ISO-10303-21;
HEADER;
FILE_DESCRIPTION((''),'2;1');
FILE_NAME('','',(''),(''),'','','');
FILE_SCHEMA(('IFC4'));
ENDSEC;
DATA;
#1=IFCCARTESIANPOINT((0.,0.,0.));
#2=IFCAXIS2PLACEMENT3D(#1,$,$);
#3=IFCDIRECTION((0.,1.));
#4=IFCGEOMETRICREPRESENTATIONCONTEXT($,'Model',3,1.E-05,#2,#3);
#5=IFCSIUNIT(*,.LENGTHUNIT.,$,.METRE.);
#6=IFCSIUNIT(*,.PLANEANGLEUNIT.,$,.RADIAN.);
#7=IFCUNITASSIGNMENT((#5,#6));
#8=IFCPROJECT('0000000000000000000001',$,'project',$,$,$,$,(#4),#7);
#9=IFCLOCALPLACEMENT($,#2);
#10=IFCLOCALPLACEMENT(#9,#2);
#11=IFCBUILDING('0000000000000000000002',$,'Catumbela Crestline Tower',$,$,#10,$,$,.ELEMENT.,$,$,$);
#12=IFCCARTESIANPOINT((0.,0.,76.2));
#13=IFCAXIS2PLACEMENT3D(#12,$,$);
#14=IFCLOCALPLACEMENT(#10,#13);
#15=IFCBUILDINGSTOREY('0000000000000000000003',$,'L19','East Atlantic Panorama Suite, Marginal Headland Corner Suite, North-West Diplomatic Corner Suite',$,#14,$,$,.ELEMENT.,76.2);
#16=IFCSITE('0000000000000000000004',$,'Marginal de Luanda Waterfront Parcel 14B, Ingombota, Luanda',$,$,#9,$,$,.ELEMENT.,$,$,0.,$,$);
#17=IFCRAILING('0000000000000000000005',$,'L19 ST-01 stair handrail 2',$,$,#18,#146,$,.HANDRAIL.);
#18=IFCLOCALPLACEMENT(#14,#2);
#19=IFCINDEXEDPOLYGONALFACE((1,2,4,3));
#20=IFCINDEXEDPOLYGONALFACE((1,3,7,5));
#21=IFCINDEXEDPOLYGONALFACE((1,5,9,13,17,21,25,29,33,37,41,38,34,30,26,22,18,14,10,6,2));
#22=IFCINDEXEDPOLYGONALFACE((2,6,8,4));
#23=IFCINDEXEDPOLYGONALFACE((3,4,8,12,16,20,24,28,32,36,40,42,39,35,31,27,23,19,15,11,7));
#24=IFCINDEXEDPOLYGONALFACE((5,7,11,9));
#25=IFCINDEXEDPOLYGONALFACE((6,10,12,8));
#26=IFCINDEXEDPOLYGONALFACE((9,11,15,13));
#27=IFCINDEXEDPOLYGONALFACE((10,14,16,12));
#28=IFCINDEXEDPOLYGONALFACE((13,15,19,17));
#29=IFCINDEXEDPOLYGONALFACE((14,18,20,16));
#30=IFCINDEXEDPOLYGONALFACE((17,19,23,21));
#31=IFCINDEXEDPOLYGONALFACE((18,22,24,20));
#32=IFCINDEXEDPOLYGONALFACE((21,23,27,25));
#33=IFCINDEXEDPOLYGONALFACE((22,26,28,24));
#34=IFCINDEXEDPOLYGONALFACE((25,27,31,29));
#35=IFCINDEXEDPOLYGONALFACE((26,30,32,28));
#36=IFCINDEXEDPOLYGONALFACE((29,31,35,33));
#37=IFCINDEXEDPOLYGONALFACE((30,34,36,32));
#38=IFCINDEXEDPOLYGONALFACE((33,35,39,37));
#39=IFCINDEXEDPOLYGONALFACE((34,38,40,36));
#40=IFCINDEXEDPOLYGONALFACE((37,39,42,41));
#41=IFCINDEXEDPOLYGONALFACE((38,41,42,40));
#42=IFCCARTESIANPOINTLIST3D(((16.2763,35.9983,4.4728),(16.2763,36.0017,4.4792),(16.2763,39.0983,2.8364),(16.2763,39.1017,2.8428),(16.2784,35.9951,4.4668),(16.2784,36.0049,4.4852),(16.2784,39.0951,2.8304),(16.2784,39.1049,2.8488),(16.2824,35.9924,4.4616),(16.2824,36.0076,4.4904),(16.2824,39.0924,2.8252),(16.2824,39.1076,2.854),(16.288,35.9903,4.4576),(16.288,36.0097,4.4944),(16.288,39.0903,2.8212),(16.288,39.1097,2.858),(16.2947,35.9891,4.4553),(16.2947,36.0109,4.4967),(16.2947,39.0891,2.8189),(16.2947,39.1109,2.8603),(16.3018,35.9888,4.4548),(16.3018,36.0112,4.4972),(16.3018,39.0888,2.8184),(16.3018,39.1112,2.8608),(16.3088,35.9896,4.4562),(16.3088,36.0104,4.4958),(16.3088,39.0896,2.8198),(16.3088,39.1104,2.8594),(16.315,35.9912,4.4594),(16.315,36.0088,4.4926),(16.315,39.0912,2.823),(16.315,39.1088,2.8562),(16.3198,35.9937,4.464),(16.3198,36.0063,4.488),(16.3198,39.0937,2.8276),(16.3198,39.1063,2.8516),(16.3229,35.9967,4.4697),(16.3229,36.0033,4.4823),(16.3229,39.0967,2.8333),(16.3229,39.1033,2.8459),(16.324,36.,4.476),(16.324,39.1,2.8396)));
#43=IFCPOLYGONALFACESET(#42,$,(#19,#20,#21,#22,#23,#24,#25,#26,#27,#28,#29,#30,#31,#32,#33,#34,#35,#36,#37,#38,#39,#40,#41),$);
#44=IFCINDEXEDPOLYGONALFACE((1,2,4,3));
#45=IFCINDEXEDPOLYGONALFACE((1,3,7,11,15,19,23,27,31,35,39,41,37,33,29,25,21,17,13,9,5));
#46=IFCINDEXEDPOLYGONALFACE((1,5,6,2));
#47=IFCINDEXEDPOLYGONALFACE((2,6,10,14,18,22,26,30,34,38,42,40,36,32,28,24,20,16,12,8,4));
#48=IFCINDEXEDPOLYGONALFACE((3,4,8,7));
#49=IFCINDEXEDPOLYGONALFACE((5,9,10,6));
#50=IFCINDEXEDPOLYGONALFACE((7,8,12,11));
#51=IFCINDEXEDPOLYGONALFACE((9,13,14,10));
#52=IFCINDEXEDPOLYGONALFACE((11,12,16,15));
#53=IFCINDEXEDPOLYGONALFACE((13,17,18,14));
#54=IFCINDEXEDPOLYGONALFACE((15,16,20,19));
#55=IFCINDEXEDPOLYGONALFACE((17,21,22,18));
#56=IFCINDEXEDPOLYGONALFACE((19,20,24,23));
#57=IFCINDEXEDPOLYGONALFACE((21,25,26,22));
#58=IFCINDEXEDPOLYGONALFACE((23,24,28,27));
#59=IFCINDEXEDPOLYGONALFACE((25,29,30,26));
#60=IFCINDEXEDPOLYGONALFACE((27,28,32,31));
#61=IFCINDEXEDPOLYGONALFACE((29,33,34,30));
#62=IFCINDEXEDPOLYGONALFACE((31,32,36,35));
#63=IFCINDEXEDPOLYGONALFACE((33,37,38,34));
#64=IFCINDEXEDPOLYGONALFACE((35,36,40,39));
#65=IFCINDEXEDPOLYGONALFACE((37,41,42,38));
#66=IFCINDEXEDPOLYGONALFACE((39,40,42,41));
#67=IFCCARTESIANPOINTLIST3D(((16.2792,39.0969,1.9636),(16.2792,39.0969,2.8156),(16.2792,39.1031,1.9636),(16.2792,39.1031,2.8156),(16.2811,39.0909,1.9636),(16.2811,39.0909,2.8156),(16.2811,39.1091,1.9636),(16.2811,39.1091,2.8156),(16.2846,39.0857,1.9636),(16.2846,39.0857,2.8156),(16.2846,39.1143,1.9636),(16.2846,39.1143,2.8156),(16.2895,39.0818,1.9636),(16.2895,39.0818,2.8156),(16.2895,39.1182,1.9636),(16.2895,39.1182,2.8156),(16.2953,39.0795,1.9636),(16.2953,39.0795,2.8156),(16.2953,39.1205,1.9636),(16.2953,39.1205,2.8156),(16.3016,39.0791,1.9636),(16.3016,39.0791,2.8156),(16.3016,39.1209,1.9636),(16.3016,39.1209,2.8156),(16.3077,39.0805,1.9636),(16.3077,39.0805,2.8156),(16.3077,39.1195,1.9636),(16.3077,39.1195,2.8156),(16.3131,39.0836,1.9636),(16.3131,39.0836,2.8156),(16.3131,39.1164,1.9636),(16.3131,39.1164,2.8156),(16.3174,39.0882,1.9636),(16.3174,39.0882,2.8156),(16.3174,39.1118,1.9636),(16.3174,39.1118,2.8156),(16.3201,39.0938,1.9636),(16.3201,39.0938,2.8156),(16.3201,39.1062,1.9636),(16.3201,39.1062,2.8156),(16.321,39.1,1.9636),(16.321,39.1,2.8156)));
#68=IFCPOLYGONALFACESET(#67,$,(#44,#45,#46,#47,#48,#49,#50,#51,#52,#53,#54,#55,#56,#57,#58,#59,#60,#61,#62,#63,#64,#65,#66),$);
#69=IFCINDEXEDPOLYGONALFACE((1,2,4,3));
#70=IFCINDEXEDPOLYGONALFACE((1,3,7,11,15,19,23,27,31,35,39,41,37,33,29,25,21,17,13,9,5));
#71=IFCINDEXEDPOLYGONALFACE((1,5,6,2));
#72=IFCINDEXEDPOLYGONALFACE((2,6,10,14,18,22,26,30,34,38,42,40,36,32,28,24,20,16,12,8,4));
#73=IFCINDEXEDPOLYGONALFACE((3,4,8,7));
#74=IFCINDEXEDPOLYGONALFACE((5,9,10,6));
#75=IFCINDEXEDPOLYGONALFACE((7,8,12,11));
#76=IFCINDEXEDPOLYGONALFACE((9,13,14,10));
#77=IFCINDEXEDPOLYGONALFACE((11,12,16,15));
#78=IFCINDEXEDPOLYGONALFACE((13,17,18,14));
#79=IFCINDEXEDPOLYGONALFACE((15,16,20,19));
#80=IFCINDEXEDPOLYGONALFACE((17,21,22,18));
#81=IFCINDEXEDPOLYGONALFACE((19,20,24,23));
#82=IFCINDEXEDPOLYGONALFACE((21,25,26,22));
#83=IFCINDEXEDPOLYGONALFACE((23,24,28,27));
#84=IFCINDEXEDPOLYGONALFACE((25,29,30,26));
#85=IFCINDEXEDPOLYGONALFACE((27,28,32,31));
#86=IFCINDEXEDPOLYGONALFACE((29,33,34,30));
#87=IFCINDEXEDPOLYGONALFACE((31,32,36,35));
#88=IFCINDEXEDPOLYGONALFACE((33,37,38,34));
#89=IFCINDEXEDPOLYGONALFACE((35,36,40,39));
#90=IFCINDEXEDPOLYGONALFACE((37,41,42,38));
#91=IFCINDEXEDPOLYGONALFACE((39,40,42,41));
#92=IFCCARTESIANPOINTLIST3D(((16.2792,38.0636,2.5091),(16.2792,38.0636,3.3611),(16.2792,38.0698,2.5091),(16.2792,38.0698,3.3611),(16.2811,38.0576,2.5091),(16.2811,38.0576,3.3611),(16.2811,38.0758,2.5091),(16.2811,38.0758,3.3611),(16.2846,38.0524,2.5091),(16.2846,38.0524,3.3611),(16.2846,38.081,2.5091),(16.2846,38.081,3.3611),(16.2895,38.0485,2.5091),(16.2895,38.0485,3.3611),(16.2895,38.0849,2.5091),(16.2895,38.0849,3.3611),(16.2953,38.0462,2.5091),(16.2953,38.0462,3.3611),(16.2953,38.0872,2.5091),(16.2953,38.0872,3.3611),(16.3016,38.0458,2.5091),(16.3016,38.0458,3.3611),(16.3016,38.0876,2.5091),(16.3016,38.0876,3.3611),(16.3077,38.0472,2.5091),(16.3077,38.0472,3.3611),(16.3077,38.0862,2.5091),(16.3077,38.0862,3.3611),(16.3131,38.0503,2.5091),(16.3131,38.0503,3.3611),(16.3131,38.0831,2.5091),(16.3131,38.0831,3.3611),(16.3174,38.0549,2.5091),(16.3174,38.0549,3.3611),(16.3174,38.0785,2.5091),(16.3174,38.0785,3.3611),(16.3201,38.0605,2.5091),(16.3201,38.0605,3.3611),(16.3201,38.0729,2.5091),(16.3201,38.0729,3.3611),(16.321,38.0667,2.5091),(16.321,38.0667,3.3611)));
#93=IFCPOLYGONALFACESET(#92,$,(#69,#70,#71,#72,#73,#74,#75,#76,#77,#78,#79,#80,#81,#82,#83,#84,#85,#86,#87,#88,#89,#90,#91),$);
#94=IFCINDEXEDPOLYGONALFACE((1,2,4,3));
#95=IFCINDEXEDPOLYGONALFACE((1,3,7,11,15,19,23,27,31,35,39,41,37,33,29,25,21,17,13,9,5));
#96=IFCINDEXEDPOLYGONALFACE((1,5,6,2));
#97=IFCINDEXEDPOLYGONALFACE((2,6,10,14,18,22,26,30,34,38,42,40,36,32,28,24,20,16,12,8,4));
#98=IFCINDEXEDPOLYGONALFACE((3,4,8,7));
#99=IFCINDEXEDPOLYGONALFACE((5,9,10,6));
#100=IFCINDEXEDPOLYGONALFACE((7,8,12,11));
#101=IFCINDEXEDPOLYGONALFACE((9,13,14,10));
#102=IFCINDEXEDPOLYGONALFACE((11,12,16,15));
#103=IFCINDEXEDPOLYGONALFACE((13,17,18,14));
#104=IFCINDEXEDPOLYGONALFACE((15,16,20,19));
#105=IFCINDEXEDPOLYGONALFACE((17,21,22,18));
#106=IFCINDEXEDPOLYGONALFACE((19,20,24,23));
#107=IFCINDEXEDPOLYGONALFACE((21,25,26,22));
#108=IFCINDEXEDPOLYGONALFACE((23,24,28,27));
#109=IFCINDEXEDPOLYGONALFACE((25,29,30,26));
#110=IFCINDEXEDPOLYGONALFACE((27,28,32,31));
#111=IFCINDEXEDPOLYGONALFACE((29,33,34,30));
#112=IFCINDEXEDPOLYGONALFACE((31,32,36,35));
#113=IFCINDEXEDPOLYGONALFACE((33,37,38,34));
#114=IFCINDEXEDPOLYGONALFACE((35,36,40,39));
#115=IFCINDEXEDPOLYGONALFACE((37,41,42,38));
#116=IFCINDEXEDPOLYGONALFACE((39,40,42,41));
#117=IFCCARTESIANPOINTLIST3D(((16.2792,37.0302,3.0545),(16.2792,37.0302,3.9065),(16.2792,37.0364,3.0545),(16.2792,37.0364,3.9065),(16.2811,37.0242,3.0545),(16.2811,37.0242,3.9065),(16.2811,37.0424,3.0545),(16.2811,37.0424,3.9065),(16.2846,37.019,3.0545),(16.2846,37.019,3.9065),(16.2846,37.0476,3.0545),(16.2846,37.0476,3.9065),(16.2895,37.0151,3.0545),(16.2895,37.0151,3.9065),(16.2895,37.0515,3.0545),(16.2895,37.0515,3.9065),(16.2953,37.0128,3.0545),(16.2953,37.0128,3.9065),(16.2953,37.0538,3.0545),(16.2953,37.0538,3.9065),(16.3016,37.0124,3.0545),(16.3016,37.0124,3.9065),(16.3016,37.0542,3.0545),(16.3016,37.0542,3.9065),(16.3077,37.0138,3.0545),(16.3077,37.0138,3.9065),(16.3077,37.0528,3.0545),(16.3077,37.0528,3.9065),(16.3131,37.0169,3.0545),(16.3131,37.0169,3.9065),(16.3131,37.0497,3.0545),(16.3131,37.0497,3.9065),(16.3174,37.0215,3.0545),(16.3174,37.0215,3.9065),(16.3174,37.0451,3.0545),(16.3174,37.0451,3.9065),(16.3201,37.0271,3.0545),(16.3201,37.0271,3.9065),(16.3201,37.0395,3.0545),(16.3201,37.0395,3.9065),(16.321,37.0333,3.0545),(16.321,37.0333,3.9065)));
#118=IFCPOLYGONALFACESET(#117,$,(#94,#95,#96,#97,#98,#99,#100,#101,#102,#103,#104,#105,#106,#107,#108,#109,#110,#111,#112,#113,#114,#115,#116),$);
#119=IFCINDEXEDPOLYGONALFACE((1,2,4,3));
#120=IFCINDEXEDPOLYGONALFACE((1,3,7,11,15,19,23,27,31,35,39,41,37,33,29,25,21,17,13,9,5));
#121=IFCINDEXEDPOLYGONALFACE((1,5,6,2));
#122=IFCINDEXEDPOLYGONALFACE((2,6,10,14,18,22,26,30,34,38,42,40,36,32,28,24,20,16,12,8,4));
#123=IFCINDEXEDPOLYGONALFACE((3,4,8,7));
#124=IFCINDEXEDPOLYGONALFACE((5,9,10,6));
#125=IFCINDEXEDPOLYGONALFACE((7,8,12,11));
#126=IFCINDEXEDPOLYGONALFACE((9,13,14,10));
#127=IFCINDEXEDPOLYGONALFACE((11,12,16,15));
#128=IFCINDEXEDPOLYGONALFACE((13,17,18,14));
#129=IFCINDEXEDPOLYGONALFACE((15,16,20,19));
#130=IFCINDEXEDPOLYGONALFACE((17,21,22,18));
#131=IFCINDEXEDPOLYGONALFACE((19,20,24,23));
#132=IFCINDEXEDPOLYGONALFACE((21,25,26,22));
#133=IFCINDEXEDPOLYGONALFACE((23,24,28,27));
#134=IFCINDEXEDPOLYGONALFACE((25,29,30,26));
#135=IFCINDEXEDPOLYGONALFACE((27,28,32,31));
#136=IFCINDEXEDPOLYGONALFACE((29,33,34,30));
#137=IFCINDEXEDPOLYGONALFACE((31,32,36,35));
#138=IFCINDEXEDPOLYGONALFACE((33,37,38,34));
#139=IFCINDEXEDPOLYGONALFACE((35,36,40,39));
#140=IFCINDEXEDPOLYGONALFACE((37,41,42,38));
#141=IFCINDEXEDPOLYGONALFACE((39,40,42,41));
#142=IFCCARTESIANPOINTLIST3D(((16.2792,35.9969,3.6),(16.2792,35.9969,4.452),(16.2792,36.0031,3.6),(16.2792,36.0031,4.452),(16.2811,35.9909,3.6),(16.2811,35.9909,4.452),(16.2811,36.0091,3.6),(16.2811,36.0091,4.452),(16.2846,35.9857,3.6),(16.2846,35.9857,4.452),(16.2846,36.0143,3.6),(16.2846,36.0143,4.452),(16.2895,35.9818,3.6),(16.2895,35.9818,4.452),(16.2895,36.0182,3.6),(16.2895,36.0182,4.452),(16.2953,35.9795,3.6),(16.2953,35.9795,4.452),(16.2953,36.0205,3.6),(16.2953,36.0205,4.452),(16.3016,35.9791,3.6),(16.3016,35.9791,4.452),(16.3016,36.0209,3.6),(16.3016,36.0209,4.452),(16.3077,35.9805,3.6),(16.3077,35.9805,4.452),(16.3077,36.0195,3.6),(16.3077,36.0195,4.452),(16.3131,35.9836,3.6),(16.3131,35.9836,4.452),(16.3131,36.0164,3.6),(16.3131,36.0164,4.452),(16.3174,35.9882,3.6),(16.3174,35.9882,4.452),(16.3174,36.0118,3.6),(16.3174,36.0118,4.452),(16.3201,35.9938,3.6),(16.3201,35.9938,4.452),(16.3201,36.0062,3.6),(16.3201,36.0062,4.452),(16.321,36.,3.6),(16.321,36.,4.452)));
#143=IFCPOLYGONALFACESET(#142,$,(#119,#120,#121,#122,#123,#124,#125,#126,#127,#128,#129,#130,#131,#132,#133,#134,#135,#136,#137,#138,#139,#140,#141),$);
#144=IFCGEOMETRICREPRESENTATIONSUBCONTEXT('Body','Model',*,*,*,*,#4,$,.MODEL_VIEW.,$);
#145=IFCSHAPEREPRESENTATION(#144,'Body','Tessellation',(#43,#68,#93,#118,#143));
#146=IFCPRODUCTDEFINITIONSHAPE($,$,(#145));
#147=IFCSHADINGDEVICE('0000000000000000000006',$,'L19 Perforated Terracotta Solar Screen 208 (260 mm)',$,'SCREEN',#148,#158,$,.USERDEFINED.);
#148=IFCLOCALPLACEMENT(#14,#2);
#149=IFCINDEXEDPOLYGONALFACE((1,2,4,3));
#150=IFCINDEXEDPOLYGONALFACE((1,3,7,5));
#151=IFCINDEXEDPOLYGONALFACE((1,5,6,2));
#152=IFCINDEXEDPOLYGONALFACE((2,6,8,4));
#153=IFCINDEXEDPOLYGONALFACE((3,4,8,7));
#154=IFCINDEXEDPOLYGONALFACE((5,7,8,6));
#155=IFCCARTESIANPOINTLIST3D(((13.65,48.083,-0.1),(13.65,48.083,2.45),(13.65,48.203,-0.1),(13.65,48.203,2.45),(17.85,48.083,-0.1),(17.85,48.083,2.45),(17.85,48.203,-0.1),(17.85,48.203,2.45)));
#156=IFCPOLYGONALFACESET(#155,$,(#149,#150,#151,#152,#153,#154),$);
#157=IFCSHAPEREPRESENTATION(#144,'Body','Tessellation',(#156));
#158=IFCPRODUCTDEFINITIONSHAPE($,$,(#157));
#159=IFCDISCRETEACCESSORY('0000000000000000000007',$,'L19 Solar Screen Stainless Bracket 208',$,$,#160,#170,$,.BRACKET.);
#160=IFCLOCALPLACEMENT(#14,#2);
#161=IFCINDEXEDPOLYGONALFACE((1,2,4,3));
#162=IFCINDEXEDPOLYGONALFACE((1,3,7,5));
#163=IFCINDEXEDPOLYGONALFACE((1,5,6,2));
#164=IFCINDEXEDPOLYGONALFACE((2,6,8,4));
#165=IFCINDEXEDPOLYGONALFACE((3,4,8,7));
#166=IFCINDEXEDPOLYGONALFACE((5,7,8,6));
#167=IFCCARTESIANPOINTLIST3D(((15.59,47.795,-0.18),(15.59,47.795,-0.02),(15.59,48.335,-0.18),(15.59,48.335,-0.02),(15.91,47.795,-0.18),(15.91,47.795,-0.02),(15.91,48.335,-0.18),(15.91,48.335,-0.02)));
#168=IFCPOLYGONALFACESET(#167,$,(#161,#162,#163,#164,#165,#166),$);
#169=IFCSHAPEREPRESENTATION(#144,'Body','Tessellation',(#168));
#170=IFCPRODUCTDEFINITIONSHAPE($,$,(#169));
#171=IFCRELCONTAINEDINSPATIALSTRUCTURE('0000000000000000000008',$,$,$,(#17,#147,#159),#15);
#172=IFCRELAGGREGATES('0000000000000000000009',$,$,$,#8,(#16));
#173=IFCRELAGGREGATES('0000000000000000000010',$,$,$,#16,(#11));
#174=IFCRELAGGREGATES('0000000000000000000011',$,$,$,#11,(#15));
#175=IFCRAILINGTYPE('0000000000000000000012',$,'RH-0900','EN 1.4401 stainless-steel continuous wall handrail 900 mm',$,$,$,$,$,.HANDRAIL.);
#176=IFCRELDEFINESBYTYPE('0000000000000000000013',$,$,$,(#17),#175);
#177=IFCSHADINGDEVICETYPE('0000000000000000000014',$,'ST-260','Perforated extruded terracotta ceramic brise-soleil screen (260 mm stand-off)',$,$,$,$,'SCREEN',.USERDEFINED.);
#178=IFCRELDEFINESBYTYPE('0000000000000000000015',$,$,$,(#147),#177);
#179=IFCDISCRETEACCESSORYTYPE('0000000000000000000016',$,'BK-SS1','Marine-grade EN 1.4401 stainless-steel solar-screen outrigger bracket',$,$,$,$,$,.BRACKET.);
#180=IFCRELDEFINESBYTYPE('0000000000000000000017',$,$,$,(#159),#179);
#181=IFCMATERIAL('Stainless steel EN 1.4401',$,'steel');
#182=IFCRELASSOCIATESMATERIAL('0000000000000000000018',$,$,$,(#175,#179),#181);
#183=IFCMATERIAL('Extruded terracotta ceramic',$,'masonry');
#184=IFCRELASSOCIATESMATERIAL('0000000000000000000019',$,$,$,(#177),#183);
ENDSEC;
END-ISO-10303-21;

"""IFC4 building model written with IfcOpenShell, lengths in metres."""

from ifc_helpers import new_model, si_unit, direction, frame, origin, origin_2d, place, context, subcontext, project, spatial, rectangle, circle, extrude, material, type_object, element, save


model = new_model("IFC4")

# Units and contexts
model_context = context("Model", 3, precision=1e-05, world=origin(), true_north=direction((0.0, 1.0)))
body_context = subcontext(model_context, "Body", "Model", "MODEL_VIEW")
ifc_project = project(units=[si_unit("LENGTHUNIT", "METRE"), si_unit("PLANEANGLEUNIT", "RADIAN")], contexts=[model_context])

# Site, building, storey
site_placement = place(None, origin())
site = spatial("IfcSite", under=ifc_project, at=site_placement, Name="Marginal de Luanda Waterfront Parcel 14B, Ingombota, Luanda", CompositionType="ELEMENT", RefElevation=0.0)
building_placement = place(site_placement, origin())
building = spatial("IfcBuilding", under=site, at=building_placement, Name="Catumbela Crestline Tower", CompositionType="ELEMENT")
storey_placement = place(building_placement, frame((0.0, 0.0, 76.2)))
storey = spatial("IfcBuildingStorey", under=building, at=storey_placement, Name="L19", Description="East Atlantic Panorama Suite, Marginal Headland Corner Suite, North-West Diplomatic Corner Suite", CompositionType="ELEMENT", Elevation=76.2)

# Shared definitions
ifc_material_1 = material(Name="Stainless steel EN 1.4401", Category="steel")

# Railing
railing_type_1 = type_object("IfcRailingType", Name="RH-0900", Description="EN 1.4401 stainless-steel continuous wall handrail 900 mm", PredefinedType="HANDRAIL", material=ifc_material_1)
railing_1_placement = place(storey_placement, frame((16.3, 39.1, 1.9636)))
element("IfcRailing", 1, at=railing_1_placement, inside=storey, type_object=railing_type_1, Name="L19 ST-01 stair handrail 2", PredefinedType="HANDRAIL", context=body_context, shape_type="SweptSolid", body=[
    extrude(circle(Radius=0.024, at=origin_2d()), frame((0.0, 0.0, 0.876), z_axis=(0.0, -0.884351, 0.466823), x_axis=(1.0, 0.0, 0.0)), (0.0, 0.0, 1.0), 3.5054),
    extrude(circle(Radius=0.021, at=origin_2d()), origin(), (0.0, 0.0, 1.0), 0.852),
    extrude(circle(Radius=0.021, at=origin_2d()), frame((0.0, -1.0333, 0.5455)), (0.0, 0.0, 1.0), 0.852),
    extrude(circle(Radius=0.021, at=origin_2d()), frame((0.0, -2.0667, 1.0909)), (0.0, 0.0, 1.0), 0.852),
    extrude(circle(Radius=0.021, at=origin_2d()), frame((0.0, -3.1, 1.6364)), (0.0, 0.0, 1.0), 0.852),
])

# Shading device
ifc_material_2 = material(Name="Extruded terracotta ceramic", Category="masonry")
shading_device_type = type_object("IfcShadingDeviceType", Name="ST-260", Description="Perforated extruded terracotta ceramic brise-soleil screen (260 mm stand-off)", ElementType="SCREEN", PredefinedType="USERDEFINED", material=ifc_material_2)
shading_device_placement = place(storey_placement, frame((15.75, 48.143, -0.1), z_axis=(0.0, 0.0, 1.0), x_axis=(-1.0, 0.0, 0.0)))
element("IfcShadingDevice", 2, at=shading_device_placement, inside=storey, type_object=shading_device_type, Name="L19 Perforated Terracotta Solar Screen 208 (260 mm)", ObjectType="SCREEN", PredefinedType="USERDEFINED", context=body_context, shape_type="SweptSolid", body=[
    extrude(rectangle(XDim=4.2, YDim=0.12, at=origin_2d()), origin(), (0.0, 0.0, 1.0), 2.55),
])

# Discrete accessory
discrete_accessory_type = type_object("IfcDiscreteAccessoryType", Name="BK-SS1", Description="Marine-grade EN 1.4401 stainless-steel solar-screen outrigger bracket", PredefinedType="BRACKET", material=ifc_material_1)
discrete_accessory_placement = place(storey_placement, frame((15.75, 48.065, -0.18), z_axis=(0.0, 0.0, 1.0), x_axis=(-1.0, 0.0, 0.0)))
element("IfcDiscreteAccessory", 3, at=discrete_accessory_placement, inside=storey, type_object=discrete_accessory_type, Name="L19 Solar Screen Stainless Bracket 208", PredefinedType="BRACKET", context=body_context, shape_type="SweptSolid", body=[
    extrude(rectangle(XDim=0.32, YDim=0.54, at=origin_2d()), origin(), (0.0, 0.0, 1.0), 0.16),
])

save(model, "model.ifc")
